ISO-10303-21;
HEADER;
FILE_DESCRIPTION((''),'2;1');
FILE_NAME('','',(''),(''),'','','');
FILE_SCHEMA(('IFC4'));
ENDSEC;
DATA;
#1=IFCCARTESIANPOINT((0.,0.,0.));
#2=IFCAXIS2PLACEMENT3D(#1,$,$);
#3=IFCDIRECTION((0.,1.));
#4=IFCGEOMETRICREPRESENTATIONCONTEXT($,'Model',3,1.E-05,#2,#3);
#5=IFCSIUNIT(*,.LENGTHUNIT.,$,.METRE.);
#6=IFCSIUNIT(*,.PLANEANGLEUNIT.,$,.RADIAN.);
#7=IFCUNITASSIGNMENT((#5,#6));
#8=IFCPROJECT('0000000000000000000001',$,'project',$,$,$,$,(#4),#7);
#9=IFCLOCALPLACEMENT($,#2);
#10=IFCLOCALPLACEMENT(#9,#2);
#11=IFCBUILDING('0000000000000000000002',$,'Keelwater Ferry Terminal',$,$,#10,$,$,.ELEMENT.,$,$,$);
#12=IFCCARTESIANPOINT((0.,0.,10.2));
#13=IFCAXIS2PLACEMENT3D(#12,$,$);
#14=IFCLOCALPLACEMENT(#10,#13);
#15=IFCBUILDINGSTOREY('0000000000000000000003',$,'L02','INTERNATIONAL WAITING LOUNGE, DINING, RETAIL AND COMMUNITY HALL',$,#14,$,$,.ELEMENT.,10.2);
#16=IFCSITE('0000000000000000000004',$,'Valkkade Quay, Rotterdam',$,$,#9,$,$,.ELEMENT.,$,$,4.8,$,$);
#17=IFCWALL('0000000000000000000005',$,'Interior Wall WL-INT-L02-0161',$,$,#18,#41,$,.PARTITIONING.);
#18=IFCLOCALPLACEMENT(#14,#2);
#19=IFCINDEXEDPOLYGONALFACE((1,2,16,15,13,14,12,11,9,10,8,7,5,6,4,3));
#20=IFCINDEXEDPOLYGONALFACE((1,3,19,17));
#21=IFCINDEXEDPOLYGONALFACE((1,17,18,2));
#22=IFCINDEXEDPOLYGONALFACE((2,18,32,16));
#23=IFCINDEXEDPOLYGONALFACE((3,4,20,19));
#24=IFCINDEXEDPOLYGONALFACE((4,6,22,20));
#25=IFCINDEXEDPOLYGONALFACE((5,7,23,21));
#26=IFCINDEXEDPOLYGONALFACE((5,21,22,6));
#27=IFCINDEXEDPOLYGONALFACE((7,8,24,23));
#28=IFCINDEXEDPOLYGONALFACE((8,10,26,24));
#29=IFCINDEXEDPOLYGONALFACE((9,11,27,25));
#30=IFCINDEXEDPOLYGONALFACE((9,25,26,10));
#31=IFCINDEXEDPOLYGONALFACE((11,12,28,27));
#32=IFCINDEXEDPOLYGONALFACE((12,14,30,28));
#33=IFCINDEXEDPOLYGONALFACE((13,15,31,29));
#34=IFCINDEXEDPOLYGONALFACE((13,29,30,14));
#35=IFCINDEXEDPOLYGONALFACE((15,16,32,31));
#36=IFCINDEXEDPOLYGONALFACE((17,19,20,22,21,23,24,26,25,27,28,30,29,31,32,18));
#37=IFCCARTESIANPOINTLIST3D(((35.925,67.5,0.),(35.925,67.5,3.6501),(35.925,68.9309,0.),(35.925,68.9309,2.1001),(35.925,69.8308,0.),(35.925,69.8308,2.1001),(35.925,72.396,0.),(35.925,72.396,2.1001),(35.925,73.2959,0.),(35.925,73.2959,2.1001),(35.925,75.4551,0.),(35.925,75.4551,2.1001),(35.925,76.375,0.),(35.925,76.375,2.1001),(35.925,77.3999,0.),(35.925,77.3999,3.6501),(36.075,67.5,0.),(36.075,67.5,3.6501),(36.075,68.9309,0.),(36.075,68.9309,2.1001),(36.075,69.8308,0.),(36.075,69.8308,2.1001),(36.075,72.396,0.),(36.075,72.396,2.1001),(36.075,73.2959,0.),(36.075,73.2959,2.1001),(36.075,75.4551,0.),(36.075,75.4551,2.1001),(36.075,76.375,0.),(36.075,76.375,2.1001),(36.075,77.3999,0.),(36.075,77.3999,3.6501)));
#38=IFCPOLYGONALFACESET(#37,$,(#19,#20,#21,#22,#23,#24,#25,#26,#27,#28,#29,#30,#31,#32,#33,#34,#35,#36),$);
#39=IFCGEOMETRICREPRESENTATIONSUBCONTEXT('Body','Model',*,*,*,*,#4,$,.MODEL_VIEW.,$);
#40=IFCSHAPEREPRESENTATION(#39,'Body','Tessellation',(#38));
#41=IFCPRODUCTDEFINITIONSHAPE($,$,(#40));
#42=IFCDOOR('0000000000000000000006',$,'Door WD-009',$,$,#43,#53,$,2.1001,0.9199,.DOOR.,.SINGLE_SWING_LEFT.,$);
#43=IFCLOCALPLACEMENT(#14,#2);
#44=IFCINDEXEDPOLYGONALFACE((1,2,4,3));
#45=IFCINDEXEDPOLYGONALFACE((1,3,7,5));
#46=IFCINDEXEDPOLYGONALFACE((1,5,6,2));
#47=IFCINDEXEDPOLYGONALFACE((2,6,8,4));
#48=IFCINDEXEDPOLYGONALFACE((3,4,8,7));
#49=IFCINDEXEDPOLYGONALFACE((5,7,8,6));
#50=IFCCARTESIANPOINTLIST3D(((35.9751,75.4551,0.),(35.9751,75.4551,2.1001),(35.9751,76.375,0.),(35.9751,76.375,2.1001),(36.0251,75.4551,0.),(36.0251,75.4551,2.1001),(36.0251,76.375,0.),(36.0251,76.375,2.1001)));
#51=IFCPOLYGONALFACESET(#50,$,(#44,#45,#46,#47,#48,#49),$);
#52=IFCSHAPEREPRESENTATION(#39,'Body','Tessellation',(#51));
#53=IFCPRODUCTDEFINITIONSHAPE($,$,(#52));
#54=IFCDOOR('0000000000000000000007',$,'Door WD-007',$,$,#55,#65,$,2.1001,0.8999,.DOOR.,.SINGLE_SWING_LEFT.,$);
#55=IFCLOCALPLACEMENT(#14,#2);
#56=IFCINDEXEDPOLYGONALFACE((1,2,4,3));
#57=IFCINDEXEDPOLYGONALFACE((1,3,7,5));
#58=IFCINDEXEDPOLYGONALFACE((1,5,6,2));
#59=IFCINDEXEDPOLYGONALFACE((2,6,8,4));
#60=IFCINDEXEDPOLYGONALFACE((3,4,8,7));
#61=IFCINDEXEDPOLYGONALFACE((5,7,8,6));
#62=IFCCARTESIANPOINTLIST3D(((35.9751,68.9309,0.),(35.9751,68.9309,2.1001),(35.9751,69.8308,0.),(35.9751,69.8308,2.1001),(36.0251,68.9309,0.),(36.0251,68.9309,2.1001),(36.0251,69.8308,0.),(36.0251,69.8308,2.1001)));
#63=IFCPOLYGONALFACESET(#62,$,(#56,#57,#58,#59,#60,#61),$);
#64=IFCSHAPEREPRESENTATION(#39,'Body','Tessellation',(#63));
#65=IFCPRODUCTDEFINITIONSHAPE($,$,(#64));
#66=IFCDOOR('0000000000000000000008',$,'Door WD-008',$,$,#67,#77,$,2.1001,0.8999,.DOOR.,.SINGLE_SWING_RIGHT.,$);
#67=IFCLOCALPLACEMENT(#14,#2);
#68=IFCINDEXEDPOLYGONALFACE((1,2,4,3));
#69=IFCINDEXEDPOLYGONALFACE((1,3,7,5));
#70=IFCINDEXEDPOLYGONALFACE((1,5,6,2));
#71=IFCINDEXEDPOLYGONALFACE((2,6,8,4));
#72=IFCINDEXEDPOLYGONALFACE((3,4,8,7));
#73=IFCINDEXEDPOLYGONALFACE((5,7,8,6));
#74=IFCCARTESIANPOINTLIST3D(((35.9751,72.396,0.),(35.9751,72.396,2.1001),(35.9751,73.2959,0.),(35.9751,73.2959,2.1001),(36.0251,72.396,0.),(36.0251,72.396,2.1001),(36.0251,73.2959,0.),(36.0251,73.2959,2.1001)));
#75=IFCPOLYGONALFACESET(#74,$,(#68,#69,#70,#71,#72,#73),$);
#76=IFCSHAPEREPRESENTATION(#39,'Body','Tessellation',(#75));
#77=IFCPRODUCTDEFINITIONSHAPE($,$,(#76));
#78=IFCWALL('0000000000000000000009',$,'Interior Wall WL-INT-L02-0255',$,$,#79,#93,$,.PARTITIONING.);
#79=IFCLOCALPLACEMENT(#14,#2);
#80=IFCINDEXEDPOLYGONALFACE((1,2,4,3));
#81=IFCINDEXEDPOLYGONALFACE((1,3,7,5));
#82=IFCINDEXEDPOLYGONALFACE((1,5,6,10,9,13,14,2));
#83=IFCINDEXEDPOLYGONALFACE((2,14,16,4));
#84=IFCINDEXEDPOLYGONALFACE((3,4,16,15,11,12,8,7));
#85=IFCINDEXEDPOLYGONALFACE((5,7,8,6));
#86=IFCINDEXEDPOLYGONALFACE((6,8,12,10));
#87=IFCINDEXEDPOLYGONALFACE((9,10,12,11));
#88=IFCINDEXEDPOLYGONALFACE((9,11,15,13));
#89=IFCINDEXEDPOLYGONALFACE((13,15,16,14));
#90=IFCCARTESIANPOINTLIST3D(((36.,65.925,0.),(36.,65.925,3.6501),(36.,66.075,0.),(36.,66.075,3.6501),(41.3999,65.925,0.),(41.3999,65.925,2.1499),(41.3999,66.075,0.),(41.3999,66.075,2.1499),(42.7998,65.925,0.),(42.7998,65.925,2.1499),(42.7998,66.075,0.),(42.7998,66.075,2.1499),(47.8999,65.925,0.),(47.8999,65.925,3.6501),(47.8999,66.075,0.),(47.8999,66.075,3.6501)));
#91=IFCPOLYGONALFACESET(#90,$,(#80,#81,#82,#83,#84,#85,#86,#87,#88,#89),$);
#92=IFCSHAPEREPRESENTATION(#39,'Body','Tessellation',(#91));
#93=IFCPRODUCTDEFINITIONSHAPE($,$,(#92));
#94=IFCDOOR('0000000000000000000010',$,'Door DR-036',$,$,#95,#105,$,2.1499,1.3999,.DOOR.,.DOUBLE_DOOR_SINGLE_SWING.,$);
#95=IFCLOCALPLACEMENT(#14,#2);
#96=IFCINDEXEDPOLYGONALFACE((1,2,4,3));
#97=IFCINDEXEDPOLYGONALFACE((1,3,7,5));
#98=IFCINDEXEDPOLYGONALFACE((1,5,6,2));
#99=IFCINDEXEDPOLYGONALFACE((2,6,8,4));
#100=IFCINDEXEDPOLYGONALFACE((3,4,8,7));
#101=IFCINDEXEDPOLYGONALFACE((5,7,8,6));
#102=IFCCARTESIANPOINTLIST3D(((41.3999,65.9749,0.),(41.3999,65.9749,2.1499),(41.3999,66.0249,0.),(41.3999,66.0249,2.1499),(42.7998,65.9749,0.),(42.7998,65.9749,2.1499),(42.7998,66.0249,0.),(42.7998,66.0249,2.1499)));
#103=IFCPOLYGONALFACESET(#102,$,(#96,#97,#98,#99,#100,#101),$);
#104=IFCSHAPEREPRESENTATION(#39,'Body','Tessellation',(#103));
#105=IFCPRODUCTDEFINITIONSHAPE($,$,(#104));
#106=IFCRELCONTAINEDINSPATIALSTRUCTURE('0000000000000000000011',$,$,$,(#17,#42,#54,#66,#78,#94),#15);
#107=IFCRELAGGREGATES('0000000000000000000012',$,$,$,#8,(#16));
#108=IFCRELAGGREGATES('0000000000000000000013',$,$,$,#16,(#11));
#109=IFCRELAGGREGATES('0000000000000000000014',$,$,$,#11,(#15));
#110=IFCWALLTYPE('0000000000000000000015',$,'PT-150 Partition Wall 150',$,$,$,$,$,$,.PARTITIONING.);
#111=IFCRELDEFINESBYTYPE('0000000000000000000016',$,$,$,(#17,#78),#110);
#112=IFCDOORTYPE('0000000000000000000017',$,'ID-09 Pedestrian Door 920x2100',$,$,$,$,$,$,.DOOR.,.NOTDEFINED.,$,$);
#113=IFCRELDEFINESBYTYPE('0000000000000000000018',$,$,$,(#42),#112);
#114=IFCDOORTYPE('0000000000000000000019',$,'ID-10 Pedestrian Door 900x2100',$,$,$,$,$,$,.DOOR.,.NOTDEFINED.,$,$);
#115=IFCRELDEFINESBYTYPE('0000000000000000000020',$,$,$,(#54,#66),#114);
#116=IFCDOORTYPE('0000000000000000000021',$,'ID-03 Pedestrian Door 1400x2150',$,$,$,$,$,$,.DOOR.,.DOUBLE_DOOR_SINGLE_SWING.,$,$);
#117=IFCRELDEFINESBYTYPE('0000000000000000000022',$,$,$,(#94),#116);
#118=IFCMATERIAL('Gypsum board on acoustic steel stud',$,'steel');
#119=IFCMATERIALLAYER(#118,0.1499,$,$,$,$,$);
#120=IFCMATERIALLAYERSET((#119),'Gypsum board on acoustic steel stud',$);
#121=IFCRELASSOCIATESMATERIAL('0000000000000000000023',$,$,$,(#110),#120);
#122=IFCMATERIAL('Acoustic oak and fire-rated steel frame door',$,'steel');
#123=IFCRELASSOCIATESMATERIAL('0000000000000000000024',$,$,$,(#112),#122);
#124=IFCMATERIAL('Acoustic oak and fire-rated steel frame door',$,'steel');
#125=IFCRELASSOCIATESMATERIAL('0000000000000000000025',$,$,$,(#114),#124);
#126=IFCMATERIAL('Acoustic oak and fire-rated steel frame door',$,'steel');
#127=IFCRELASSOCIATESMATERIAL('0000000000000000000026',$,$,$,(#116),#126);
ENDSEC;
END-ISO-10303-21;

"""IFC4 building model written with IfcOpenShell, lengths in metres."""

from ifc_helpers import new_model, si_unit, direction, frame, frame_2d, origin, place, context, subcontext, project, spatial, rectangle, extrude, material, layer, layer_set, type_object, element, fill, save


model = new_model("IFC4")

# Units and contexts
model_context = context("Model", 3, precision=1e-05, world=origin(), true_north=direction((0.0, 1.0)))
body_context = subcontext(model_context, "Body", "Model", "MODEL_VIEW")
ifc_project = project(units=[si_unit("LENGTHUNIT", "METRE"), si_unit("PLANEANGLEUNIT", "RADIAN")], contexts=[model_context])

# Site, building, storey
site_placement = place(None, origin())
site = spatial("IfcSite", under=ifc_project, at=site_placement, Name="Valkkade Quay, Rotterdam", CompositionType="ELEMENT", RefElevation=4.8)
building_placement = place(site_placement, origin())
building = spatial("IfcBuilding", under=site, at=building_placement, Name="Keelwater Ferry Terminal", CompositionType="ELEMENT")
storey_placement = place(building_placement, frame((0.0, 0.0, 10.2)))
storey = spatial("IfcBuildingStorey", under=building, at=storey_placement, Name="L02", Description="INTERNATIONAL WAITING LOUNGE, DINING, RETAIL AND COMMUNITY HALL", CompositionType="ELEMENT", Elevation=10.2)

# Wall, openings, doors
ifc_material_1 = material(Name="Gypsum board on acoustic steel stud", Category="steel")
ifc_layer_1 = layer(ifc_material_1, 0.1499)
ifc_layer_set_1 = layer_set([ifc_layer_1], Name="Gypsum board on acoustic steel stud")
wall_type_1 = type_object("IfcWallType", Name="PT-150 Partition Wall 150", PredefinedType="PARTITIONING", material=ifc_layer_set_1)
wall_1_placement = place(storey_placement, frame((36.0, 67.5, 0.0), z_axis=(0.0, 0.0, 1.0), x_axis=(0.0, 1.0, 0.0)))
wall_1 = element("IfcWall", 1, at=wall_1_placement, inside=storey, type_object=wall_type_1, Name="Interior Wall WL-INT-L02-0161", PredefinedType="PARTITIONING", context=body_context, shape_type="SweptSolid", body=[
    extrude(rectangle(XDim=9.8999, YDim=0.1499, at=frame_2d((4.95, 0.0))), origin(), (0.0, 0.0, 1.0), 3.6501),
])
opening_1_placement = place(wall_1_placement, frame((1.4309, 0.0, 0.0)))
opening_1 = element("IfcOpeningElement", 2, at=opening_1_placement, cuts=wall_1, PredefinedType="OPENING", context=body_context, shape_type="SweptSolid", body=[
    extrude(rectangle(XDim=0.8999, YDim=2.1001, at=frame_2d((0.45, 1.05))), frame((0.0, 0.085, 0.0), z_axis=(0.0, -1.0, 0.0), x_axis=(1.0, 0.0, 0.0)), (0.0, 0.0, 1.0), 0.1699),
])
opening_2_placement = place(wall_1_placement, frame((4.896, 0.0, 0.0)))
opening_2 = element("IfcOpeningElement", 3, at=opening_2_placement, cuts=wall_1, PredefinedType="OPENING", context=body_context, shape_type="SweptSolid", body=[
    extrude(rectangle(XDim=0.8999, YDim=2.1001, at=frame_2d((0.45, 1.05))), frame((0.0, 0.085, 0.0), z_axis=(0.0, -1.0, 0.0), x_axis=(1.0, 0.0, 0.0)), (0.0, 0.0, 1.0), 0.1699),
])
opening_3_placement = place(wall_1_placement, frame((7.9551, 0.0, 0.0)))
opening_3 = element("IfcOpeningElement", 4, at=opening_3_placement, cuts=wall_1, PredefinedType="OPENING", context=body_context, shape_type="SweptSolid", body=[
    extrude(rectangle(XDim=0.9199, YDim=2.1001, at=frame_2d((0.46, 1.05))), frame((0.0, 0.085, 0.0), z_axis=(0.0, -1.0, 0.0), x_axis=(1.0, 0.0, 0.0)), (0.0, 0.0, 1.0), 0.1699),
])
ifc_material_2 = material(Name="Acoustic oak and fire-rated steel frame door", Category="steel")
door_type_1 = type_object("IfcDoorType", Name="ID-09 Pedestrian Door 920x2100", OperationType="NOTDEFINED", PredefinedType="DOOR", material=ifc_material_2)
door_1_placement = place(opening_3_placement, origin())
door_1 = element("IfcDoor", 5, at=door_1_placement, inside=storey, type_object=door_type_1, Name="Door WD-009", OperationType="SINGLE_SWING_LEFT", OverallHeight=2.1001, OverallWidth=0.9199, PredefinedType="DOOR", context=body_context, shape_type="SweptSolid", body=[
    extrude(rectangle(XDim=0.9199, YDim=2.1001, at=frame_2d((0.46, 1.05))), frame((0.0, 0.0249, 0.0), z_axis=(0.0, -1.0, 0.0), x_axis=(1.0, 0.0, 0.0)), (0.0, 0.0, 1.0), 0.05),
])
fill(opening_3, door_1)
ifc_material_3 = material(Name="Acoustic oak and fire-rated steel frame door", Category="steel")
door_type_2 = type_object("IfcDoorType", Name="ID-10 Pedestrian Door 900x2100", OperationType="NOTDEFINED", PredefinedType="DOOR", material=ifc_material_3)
door_2_placement = place(opening_1_placement, origin())
door_2 = element("IfcDoor", 6, at=door_2_placement, inside=storey, type_object=door_type_2, Name="Door WD-007", OperationType="SINGLE_SWING_LEFT", OverallHeight=2.1001, OverallWidth=0.8999, PredefinedType="DOOR", context=body_context, shape_type="SweptSolid", body=[
    extrude(rectangle(XDim=0.8999, YDim=2.1001, at=frame_2d((0.45, 1.05))), frame((0.0, 0.0249, 0.0), z_axis=(0.0, -1.0, 0.0), x_axis=(1.0, 0.0, 0.0)), (0.0, 0.0, 1.0), 0.05),
])
fill(opening_1, door_2)
door_3_placement = place(opening_2_placement, origin())
door_3 = element("IfcDoor", 7, at=door_3_placement, inside=storey, type_object=door_type_2, Name="Door WD-008", OperationType="SINGLE_SWING_RIGHT", OverallHeight=2.1001, OverallWidth=0.8999, PredefinedType="DOOR", context=body_context, shape_type="SweptSolid", body=[
    extrude(rectangle(XDim=0.8999, YDim=2.1001, at=frame_2d((0.45, 1.05))), frame((0.0, 0.0249, 0.0), z_axis=(0.0, -1.0, 0.0), x_axis=(1.0, 0.0, 0.0)), (0.0, 0.0, 1.0), 0.05),
])
fill(opening_2, door_3)

# Wall, opening, door
wall_2_placement = place(storey_placement, frame((36.0, 66.0, 0.0), z_axis=(0.0, 0.0, 1.0), x_axis=(1.0, 0.0, 0.0)))
wall_2 = element("IfcWall", 8, at=wall_2_placement, inside=storey, type_object=wall_type_1, Name="Interior Wall WL-INT-L02-0255", PredefinedType="PARTITIONING", context=body_context, shape_type="SweptSolid", body=[
    extrude(rectangle(XDim=11.8999, YDim=0.1499, at=frame_2d((5.95, 0.0))), origin(), (0.0, 0.0, 1.0), 3.6501),
])
opening_4_placement = place(wall_2_placement, frame((5.3999, 0.0, 0.0)))
opening_4 = element("IfcOpeningElement", 9, at=opening_4_placement, cuts=wall_2, PredefinedType="OPENING", context=body_context, shape_type="SweptSolid", body=[
    extrude(rectangle(XDim=1.3999, YDim=2.1499, at=frame_2d((0.7, 1.075))), frame((0.0, 0.085, 0.0), z_axis=(0.0, -1.0, 0.0), x_axis=(1.0, 0.0, 0.0)), (0.0, 0.0, 1.0), 0.1699),
])
ifc_material_4 = material(Name="Acoustic oak and fire-rated steel frame door", Category="steel")
door_type_3 = type_object("IfcDoorType", Name="ID-03 Pedestrian Door 1400x2150", OperationType="DOUBLE_DOOR_SINGLE_SWING", PredefinedType="DOOR", material=ifc_material_4)
door_4_placement = place(opening_4_placement, origin())
door_4 = element("IfcDoor", 10, at=door_4_placement, inside=storey, type_object=door_type_3, Name="Door DR-036", OperationType="DOUBLE_DOOR_SINGLE_SWING", OverallHeight=2.1499, OverallWidth=1.3999, PredefinedType="DOOR", context=body_context, shape_type="SweptSolid", body=[
    extrude(rectangle(XDim=1.3999, YDim=2.1499, at=frame_2d((0.7, 1.075))), frame((0.0, 0.0249, 0.0), z_axis=(0.0, -1.0, 0.0), x_axis=(1.0, 0.0, 0.0)), (0.0, 0.0, 1.0), 0.05),
])
fill(opening_4, door_4)

save(model, "model.ifc")
